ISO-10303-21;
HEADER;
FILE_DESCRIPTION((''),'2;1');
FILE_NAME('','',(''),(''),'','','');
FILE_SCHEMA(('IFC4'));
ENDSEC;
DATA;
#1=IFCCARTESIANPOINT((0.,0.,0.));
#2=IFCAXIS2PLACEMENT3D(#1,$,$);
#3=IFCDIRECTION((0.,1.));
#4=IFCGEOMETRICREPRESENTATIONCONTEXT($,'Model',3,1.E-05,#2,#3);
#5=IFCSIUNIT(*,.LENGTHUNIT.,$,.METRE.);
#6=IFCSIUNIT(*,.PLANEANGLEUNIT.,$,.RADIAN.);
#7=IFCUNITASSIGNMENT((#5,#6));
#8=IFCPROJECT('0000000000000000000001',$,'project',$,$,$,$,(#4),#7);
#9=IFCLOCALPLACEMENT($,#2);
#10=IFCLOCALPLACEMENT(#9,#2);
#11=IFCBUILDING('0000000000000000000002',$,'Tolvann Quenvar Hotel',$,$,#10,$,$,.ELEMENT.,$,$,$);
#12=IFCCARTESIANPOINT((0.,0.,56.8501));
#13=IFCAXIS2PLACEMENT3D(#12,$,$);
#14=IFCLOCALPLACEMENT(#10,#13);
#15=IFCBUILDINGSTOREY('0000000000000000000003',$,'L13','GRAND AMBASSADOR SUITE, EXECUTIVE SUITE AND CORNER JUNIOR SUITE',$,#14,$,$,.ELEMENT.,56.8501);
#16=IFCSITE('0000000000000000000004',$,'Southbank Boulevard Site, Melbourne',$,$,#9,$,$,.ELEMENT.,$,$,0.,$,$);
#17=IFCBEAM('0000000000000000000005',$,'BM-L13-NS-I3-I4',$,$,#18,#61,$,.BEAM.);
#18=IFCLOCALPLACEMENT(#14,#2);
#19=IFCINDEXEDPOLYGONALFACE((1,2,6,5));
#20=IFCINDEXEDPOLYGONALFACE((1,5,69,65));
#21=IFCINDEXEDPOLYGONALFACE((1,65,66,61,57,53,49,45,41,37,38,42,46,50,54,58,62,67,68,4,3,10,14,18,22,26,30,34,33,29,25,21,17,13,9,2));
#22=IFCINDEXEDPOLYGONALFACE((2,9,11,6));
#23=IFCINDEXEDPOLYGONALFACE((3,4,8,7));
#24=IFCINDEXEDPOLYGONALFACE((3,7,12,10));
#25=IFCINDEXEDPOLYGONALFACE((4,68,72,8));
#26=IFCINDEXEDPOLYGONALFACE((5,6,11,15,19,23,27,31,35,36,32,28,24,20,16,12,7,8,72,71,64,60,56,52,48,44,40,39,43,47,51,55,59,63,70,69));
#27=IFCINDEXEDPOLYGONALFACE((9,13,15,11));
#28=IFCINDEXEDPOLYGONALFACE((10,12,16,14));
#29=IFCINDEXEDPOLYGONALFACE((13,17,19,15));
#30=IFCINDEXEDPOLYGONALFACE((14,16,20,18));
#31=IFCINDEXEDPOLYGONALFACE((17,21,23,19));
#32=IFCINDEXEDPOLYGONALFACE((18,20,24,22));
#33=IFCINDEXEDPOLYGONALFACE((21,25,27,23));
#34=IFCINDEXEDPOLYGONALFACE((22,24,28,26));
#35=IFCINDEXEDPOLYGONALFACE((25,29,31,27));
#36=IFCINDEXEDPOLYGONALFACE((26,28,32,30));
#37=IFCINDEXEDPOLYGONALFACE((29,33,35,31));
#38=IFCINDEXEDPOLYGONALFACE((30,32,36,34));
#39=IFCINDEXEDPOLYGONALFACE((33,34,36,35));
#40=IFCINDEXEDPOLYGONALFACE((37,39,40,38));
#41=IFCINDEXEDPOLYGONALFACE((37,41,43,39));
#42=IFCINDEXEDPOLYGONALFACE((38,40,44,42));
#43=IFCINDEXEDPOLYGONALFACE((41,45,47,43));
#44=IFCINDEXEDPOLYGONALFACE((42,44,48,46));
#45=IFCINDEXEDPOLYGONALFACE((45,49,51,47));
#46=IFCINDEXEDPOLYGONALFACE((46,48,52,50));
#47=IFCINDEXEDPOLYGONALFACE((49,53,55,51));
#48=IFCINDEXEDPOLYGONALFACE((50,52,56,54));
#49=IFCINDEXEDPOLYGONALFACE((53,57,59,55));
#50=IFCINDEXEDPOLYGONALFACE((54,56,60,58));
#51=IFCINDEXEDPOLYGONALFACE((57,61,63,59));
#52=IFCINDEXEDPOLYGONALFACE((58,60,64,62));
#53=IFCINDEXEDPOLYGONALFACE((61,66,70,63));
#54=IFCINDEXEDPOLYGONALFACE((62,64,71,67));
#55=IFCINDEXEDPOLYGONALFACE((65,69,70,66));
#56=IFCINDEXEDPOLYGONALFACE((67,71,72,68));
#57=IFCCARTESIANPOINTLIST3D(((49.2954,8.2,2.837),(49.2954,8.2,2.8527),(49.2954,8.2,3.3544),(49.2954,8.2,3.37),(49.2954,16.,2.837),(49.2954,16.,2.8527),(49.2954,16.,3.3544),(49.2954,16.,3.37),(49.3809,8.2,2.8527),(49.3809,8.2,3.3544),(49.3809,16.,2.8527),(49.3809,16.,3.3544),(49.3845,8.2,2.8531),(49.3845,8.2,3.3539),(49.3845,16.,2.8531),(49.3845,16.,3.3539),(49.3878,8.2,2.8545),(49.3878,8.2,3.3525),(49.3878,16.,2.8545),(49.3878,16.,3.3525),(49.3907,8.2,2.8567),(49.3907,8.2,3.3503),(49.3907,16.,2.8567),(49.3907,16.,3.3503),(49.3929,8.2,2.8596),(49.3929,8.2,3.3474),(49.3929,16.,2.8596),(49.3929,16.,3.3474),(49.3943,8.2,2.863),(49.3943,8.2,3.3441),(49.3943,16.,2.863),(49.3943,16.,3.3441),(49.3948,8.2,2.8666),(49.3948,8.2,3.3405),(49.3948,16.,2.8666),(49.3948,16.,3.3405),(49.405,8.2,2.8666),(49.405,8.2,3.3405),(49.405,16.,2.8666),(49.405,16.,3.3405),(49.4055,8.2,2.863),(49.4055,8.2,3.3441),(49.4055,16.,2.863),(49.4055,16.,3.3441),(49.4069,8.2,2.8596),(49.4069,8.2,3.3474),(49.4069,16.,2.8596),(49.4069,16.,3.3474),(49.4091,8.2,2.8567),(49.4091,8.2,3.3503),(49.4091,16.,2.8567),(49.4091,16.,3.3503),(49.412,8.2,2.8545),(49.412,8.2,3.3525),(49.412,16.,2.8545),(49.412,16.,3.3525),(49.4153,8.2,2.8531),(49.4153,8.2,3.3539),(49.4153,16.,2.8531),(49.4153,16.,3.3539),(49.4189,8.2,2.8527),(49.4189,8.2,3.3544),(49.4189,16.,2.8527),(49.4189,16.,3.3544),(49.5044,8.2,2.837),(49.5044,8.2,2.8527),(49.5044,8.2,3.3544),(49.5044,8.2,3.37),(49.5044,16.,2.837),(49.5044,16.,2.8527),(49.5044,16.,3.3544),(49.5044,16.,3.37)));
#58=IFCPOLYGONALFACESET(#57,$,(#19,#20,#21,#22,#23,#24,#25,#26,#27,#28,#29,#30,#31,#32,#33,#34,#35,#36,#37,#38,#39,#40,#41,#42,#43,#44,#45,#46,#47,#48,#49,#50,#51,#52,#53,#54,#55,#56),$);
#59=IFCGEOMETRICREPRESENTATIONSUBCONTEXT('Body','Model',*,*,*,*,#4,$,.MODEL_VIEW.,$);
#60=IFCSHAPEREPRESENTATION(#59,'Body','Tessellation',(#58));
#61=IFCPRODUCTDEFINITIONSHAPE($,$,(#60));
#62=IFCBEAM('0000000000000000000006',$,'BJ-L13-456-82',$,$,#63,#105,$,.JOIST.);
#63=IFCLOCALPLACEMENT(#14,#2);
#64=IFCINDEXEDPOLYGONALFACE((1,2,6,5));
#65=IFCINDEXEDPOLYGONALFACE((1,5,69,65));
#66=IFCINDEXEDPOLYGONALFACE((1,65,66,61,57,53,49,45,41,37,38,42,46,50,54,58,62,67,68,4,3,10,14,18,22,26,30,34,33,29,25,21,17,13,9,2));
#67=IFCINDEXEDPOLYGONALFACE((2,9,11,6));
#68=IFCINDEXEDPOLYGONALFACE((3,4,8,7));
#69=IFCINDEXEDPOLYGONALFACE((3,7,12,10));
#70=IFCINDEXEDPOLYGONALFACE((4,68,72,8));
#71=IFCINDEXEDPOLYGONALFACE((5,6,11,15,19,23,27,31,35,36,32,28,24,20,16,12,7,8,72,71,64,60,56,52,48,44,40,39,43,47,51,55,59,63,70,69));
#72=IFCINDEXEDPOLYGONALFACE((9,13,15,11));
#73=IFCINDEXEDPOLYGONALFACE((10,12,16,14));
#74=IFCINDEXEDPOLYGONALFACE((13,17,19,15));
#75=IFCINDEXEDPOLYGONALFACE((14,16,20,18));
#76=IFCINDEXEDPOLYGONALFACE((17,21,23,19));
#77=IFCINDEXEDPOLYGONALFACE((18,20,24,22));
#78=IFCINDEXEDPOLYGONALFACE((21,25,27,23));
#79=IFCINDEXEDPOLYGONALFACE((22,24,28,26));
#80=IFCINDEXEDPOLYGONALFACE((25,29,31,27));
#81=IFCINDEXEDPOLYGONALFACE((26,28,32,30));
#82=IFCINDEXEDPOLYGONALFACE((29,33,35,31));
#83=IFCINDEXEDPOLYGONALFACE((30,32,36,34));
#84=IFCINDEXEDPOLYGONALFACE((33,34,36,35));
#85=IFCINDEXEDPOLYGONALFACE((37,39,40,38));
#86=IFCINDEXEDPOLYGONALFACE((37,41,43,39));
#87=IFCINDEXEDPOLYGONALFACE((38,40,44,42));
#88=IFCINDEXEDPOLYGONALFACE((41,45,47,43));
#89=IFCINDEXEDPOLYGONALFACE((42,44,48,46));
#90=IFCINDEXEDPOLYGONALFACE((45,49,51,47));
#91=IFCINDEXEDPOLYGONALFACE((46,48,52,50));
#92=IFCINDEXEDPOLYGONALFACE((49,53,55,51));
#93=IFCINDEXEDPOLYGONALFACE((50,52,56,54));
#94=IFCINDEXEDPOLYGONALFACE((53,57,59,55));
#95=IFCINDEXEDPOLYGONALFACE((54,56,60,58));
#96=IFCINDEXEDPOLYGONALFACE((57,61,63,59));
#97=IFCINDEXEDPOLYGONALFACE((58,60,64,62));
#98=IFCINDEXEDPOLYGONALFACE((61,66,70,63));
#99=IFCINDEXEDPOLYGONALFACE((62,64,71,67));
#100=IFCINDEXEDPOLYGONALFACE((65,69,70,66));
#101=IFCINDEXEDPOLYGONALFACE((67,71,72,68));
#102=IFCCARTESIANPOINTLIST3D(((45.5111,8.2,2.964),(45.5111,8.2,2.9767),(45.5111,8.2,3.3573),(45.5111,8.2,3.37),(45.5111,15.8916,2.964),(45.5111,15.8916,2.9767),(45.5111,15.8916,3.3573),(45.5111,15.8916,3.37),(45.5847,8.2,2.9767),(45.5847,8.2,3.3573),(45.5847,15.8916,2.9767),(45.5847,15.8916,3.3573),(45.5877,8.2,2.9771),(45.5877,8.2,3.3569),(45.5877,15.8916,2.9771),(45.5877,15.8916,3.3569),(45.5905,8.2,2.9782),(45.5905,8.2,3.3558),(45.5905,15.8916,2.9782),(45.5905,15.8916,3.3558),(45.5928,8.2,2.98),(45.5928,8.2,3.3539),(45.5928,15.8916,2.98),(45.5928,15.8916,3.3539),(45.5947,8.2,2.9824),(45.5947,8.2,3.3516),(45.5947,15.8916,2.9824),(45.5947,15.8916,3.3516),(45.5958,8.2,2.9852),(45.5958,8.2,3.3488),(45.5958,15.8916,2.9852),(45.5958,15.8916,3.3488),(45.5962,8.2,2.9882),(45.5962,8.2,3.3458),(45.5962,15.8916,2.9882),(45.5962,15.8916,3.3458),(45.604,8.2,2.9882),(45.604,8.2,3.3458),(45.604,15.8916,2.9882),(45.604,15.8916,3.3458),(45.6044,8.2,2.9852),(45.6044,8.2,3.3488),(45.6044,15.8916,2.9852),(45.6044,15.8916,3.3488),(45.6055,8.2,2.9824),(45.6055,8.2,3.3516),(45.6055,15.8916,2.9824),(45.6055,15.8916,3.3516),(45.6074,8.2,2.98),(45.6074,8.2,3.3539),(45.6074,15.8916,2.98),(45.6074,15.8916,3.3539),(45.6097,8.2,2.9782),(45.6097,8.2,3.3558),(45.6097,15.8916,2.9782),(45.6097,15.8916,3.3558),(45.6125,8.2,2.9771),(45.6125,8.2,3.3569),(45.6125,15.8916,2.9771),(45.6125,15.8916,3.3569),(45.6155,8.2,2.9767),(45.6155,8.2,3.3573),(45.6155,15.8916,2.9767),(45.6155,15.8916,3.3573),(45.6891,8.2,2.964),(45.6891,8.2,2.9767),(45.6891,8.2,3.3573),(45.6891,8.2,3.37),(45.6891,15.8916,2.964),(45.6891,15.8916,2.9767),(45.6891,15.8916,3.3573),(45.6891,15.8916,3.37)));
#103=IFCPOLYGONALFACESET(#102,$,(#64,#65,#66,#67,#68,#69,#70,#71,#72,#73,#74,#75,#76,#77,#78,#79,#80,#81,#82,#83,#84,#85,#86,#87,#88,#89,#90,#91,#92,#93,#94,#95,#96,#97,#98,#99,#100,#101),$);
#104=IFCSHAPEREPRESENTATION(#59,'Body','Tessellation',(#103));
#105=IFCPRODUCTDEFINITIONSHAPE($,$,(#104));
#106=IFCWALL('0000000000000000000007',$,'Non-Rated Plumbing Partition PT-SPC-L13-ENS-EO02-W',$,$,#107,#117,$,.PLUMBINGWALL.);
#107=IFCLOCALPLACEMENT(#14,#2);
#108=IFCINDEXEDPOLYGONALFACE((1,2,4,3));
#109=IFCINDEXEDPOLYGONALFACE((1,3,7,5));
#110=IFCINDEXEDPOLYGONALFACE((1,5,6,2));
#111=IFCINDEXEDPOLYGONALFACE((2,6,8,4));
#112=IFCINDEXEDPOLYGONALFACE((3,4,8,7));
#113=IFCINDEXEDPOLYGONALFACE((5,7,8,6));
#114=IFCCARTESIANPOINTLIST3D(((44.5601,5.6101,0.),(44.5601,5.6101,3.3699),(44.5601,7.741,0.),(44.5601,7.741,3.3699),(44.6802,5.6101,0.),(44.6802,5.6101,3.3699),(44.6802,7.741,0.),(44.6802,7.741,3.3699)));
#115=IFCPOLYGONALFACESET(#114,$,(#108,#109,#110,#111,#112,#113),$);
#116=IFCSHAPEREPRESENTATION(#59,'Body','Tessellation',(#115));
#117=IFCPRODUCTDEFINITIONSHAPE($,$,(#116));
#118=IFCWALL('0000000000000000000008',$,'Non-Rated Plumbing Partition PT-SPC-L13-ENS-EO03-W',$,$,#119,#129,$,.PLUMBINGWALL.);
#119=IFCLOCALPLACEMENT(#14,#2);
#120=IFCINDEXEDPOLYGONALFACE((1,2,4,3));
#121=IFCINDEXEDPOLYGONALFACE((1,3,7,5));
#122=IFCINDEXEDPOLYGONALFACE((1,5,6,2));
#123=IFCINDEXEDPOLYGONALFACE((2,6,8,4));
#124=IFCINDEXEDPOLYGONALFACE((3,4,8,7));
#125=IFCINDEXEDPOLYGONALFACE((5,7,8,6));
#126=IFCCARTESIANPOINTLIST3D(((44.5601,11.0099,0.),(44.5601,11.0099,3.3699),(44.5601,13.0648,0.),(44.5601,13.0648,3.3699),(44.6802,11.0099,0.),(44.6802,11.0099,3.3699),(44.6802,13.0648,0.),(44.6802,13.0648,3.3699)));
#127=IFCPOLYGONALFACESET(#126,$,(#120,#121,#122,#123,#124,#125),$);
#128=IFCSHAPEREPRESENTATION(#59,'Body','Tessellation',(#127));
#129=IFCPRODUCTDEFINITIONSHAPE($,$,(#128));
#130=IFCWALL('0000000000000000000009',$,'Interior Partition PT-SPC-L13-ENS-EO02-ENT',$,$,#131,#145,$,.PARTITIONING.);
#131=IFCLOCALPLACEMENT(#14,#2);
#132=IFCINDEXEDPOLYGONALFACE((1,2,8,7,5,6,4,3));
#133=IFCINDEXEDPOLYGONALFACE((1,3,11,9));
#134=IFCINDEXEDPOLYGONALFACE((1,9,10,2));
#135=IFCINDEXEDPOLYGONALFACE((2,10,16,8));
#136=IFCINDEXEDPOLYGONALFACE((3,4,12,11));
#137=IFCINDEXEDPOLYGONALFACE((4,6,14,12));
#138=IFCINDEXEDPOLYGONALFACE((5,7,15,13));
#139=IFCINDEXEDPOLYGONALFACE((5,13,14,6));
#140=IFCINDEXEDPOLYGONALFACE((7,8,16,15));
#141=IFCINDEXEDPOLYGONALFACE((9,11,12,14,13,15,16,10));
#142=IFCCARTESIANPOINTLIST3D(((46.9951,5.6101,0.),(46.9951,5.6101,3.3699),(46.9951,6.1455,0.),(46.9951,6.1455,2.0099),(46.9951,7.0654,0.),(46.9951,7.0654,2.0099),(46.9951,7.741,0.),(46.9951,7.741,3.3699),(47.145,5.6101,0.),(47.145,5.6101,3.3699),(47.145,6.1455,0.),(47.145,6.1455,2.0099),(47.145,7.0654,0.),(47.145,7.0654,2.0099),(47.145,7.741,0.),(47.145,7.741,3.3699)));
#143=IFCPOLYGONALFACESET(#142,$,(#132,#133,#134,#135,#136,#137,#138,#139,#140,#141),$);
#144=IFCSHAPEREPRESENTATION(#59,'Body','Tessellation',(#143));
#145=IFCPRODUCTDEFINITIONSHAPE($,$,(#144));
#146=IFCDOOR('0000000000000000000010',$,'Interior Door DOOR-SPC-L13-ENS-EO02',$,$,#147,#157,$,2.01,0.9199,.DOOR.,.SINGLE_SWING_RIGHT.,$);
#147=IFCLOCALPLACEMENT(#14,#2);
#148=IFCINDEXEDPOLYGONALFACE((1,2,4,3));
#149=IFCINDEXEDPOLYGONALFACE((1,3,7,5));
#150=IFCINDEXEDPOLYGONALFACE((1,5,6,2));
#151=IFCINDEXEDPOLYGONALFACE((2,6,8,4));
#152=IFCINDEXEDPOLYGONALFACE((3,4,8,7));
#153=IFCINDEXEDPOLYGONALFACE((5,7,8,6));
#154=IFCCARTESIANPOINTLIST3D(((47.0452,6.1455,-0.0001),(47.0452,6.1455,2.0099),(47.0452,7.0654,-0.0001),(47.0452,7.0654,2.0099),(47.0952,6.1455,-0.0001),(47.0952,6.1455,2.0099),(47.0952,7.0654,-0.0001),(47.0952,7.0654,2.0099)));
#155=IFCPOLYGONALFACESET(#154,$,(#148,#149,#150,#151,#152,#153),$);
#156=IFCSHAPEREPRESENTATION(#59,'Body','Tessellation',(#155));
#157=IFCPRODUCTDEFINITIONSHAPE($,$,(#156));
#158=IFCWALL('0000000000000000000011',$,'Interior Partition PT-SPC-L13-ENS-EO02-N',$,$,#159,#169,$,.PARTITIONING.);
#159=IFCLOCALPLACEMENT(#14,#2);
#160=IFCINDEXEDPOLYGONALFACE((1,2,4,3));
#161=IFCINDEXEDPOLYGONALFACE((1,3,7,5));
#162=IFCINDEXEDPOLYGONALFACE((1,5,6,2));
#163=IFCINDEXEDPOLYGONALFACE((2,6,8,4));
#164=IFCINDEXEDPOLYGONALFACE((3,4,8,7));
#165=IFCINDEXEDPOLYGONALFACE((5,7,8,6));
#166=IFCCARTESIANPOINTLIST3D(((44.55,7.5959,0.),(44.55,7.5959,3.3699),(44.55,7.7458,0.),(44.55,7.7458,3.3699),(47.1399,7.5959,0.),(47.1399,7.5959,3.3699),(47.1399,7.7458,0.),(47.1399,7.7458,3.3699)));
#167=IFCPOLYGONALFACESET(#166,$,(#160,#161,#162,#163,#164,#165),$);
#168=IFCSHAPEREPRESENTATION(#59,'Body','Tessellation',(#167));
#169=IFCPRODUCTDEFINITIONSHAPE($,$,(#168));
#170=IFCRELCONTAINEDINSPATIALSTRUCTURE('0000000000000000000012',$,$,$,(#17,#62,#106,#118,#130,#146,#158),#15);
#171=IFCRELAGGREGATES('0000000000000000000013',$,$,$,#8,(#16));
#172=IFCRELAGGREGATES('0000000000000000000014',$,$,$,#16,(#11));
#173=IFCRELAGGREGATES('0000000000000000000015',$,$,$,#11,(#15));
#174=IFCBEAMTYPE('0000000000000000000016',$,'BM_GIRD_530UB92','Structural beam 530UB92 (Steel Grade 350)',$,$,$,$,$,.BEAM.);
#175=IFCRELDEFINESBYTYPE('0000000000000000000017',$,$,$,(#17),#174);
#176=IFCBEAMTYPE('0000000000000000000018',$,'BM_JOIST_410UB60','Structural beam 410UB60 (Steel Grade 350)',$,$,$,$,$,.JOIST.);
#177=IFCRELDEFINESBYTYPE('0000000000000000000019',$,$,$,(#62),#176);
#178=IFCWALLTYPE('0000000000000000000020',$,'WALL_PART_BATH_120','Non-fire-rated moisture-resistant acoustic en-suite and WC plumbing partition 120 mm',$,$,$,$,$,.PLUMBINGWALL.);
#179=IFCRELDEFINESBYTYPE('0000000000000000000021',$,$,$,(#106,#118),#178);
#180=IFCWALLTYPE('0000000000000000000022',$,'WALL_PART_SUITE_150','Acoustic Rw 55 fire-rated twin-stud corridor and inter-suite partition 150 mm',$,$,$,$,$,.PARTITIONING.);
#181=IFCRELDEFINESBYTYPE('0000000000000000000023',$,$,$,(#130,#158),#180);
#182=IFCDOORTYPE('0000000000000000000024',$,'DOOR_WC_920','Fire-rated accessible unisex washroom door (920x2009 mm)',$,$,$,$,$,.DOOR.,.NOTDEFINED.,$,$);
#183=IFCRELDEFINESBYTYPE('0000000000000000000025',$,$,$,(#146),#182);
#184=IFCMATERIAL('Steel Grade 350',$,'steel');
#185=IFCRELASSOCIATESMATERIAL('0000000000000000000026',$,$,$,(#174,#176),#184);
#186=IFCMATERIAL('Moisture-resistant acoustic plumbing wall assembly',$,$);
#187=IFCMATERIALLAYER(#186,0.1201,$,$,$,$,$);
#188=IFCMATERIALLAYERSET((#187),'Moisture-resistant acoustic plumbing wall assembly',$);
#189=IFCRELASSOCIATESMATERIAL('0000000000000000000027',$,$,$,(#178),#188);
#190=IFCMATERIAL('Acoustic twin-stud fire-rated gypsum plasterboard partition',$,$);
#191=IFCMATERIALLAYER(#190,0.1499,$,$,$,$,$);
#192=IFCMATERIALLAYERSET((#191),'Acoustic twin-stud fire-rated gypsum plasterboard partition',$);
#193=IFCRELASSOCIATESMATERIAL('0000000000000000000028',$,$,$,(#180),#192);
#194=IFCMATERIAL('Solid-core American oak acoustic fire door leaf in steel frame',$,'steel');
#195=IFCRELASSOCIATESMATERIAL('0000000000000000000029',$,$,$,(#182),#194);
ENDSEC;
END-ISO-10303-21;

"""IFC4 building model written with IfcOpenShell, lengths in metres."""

from ifc_helpers import new_model, si_unit, direction, frame, frame_2d, origin, origin_2d, place, context, subcontext, project, spatial, rectangle, i_section, extrude, source, transform, mapped, material, layer, layer_set, material_profile, profile_set, type_object, type_shapes, element, fill, save


model = new_model("IFC4")

# Units and contexts
model_context = context("Model", 3, precision=1e-05, world=origin(), true_north=direction((0.0, 1.0)))
body_context = subcontext(model_context, "Body", "Model", "MODEL_VIEW")
ifc_project = project(units=[si_unit("LENGTHUNIT", "METRE"), si_unit("PLANEANGLEUNIT", "RADIAN")], contexts=[model_context])

# Site, building, storey
site_placement = place(None, origin())
site = spatial("IfcSite", under=ifc_project, at=site_placement, Name="Southbank Boulevard Site, Melbourne", CompositionType="ELEMENT", RefElevation=0.0)
building_placement = place(site_placement, origin())
building = spatial("IfcBuilding", under=site, at=building_placement, Name="Tolvann Quenvar Hotel", CompositionType="ELEMENT")
storey_placement = place(building_placement, frame((0.0, 0.0, 56.8501)))
storey = spatial("IfcBuildingStorey", under=building, at=storey_placement, Name="L13", Description="GRAND AMBASSADOR SUITE, EXECUTIVE SUITE AND CORNER JUNIOR SUITE", CompositionType="ELEMENT", Elevation=56.8501)

# Shared definitions
ifc_material_1 = material(Name="Steel Grade 350", Category="steel")

# Beams
ifc_material_profile_1 = material_profile(ifc_material_1, i_section(OverallWidth=0.209, OverallDepth=0.533, WebThickness=0.0103, FlangeThickness=0.0156, FilletRadius=0.0139, at=origin_2d()), Name="530UB92")
ifc_profile_set_1 = profile_set([ifc_material_profile_1], Name="Steel Grade 350")
beam_type_1 = type_object("IfcBeamType", Name="BM_GIRD_530UB92", Description="Structural beam 530UB92 (Steel Grade 350)", PredefinedType="BEAM", material=ifc_profile_set_1)
shared_shape_1 = source(origin(), body_context, "Body", "SweptSolid", [
    extrude(i_section(OverallWidth=0.209, OverallDepth=0.533, WebThickness=0.0103, FlangeThickness=0.0156, FilletRadius=0.0139, at=origin_2d()), origin(), (0.0, 0.0, 1.0), 7.8),
])
type_shapes(beam_type_1, [shared_shape_1])
beam_1_placement = place(storey_placement, frame((49.3999, 8.2, 3.1035), z_axis=(0.0, 1.0, 0.0), x_axis=(-1.0, 0.0, 0.0)))
element("IfcBeam", 1, at=beam_1_placement, inside=storey, type_object=beam_type_1, Name="BM-L13-NS-I3-I4", PredefinedType="BEAM", context=body_context, shape_type="MappedRepresentation", body=[
    mapped(shared_shape_1, transform((0.0, 0.0, 0.0), x_axis=(1.0, 0.0, 0.0), y_axis=(0.0, 1.0, 0.0), z_axis=(0.0, 0.0, 1.0), scale=1.0)),
])
ifc_material_profile_2 = material_profile(ifc_material_1, i_section(OverallWidth=0.178, OverallDepth=0.406, WebThickness=0.0078, FlangeThickness=0.0127, FilletRadius=0.0115, at=origin_2d()), Name="410UB60")
ifc_profile_set_2 = profile_set([ifc_material_profile_2], Name="Steel Grade 350")
beam_type_2 = type_object("IfcBeamType", Name="BM_JOIST_410UB60", Description="Structural beam 410UB60 (Steel Grade 350)", PredefinedType="JOIST", material=ifc_profile_set_2)
shared_shape_2 = source(origin(), body_context, "Body", "SweptSolid", [
    extrude(i_section(OverallWidth=0.178, OverallDepth=0.406, WebThickness=0.0078, FlangeThickness=0.0127, FilletRadius=0.0115, at=origin_2d()), origin(), (0.0, 0.0, 1.0), 7.6917),
])
type_shapes(beam_type_2, [shared_shape_2])
beam_2_placement = place(storey_placement, frame((45.6001, 8.2, 3.167), z_axis=(0.0, 1.0, 0.0), x_axis=(-1.0, 0.0, 0.0)))
element("IfcBeam", 2, at=beam_2_placement, inside=storey, type_object=beam_type_2, Name="BJ-L13-456-82", PredefinedType="JOIST", context=body_context, shape_type="MappedRepresentation", body=[
    mapped(shared_shape_2, transform((0.0, 0.0, 0.0), x_axis=(1.0, 0.0, 0.0), y_axis=(0.0, 1.0, 0.0), z_axis=(0.0, 0.0, 1.0), scale=1.0)),
])

# Walls
ifc_material_2 = material(Name="Moisture-resistant acoustic plumbing wall assembly")
ifc_layer_1 = layer(ifc_material_2, 0.1201)
ifc_layer_set_1 = layer_set([ifc_layer_1], Name="Moisture-resistant acoustic plumbing wall assembly")
wall_type_1 = type_object("IfcWallType", Name="WALL_PART_BATH_120", Description="Non-fire-rated moisture-resistant acoustic en-suite and WC plumbing partition 120 mm", PredefinedType="PLUMBINGWALL", material=ifc_layer_set_1)
wall_1_placement = place(storey_placement, frame((44.6201, 5.6101, 0.0), z_axis=(0.0, 0.0, 1.0), x_axis=(0.0, 1.0, 0.0)))
element("IfcWall", 3, at=wall_1_placement, inside=storey, type_object=wall_type_1, Name="Non-Rated Plumbing Partition PT-SPC-L13-ENS-EO02-W", PredefinedType="PLUMBINGWALL", context=body_context, shape_type="SweptSolid", body=[
    extrude(rectangle(XDim=2.1309, YDim=0.1201, at=frame_2d((1.0654, 0.0))), origin(), (0.0, 0.0, 1.0), 3.3699),
])
wall_2_placement = place(storey_placement, frame((44.6201, 11.01, 0.0), z_axis=(0.0, 0.0, 1.0), x_axis=(0.0, 1.0, 0.0)))
element("IfcWall", 4, at=wall_2_placement, inside=storey, type_object=wall_type_1, Name="Non-Rated Plumbing Partition PT-SPC-L13-ENS-EO03-W", PredefinedType="PLUMBINGWALL", context=body_context, shape_type="SweptSolid", body=[
    extrude(rectangle(XDim=2.0549, YDim=0.1201, at=frame_2d((1.0273, 0.0))), origin(), (0.0, 0.0, 1.0), 3.3699),
])

# Wall, opening, door
ifc_material_3 = material(Name="Acoustic twin-stud fire-rated gypsum plasterboard partition")
ifc_layer_2 = layer(ifc_material_3, 0.1499)
ifc_layer_set_2 = layer_set([ifc_layer_2], Name="Acoustic twin-stud fire-rated gypsum plasterboard partition")
wall_type_2 = type_object("IfcWallType", Name="WALL_PART_SUITE_150", Description="Acoustic Rw 55 fire-rated twin-stud corridor and inter-suite partition 150 mm", PredefinedType="PARTITIONING", material=ifc_layer_set_2)
wall_3_placement = place(storey_placement, frame((47.0701, 5.6101, 0.0), z_axis=(0.0, 0.0, 1.0), x_axis=(0.0, 1.0, 0.0)))
wall_3 = element("IfcWall", 5, at=wall_3_placement, inside=storey, type_object=wall_type_2, Name="Interior Partition PT-SPC-L13-ENS-EO02-ENT", PredefinedType="PARTITIONING", context=body_context, shape_type="SweptSolid", body=[
    extrude(rectangle(XDim=2.1309, YDim=0.1499, at=frame_2d((1.0654, 0.0))), origin(), (0.0, 0.0, 1.0), 3.3699),
])
opening_1_placement = place(wall_3_placement, frame((0.5354, 0.0, 0.0)))
opening_1 = element("IfcOpeningElement", 6, at=opening_1_placement, cuts=wall_3, PredefinedType="OPENING", context=body_context, shape_type="SweptSolid", body=[
    extrude(rectangle(XDim=0.9199, YDim=2.01, at=frame_2d((0.46, 1.0049))), frame((0.0, 0.085, 0.0), z_axis=(0.0, -1.0, 0.0), x_axis=(1.0, 0.0, 0.0)), (0.0, 0.0, 1.0), 0.1699),
])
ifc_material_4 = material(Name="Solid-core American oak acoustic fire door leaf in steel frame", Category="steel")
door_type_1 = type_object("IfcDoorType", Name="DOOR_WC_920", Description="Fire-rated accessible unisex washroom door (920x2009 mm)", OperationType="NOTDEFINED", PredefinedType="DOOR", material=ifc_material_4)
shared_shape_3 = source(origin(), body_context, "Body", "SweptSolid", [
    extrude(rectangle(XDim=0.9199, YDim=2.01, at=frame_2d((0.46, 1.0049))), frame((0.0, 0.0249, 0.0), z_axis=(0.0, -1.0, 0.0), x_axis=(1.0, 0.0, 0.0)), (0.0, 0.0, 1.0), 0.05),
])
type_shapes(door_type_1, [shared_shape_3])
door_1_placement = place(opening_1_placement, origin())
door_1 = element("IfcDoor", 7, at=door_1_placement, inside=storey, type_object=door_type_1, Name="Interior Door DOOR-SPC-L13-ENS-EO02", OperationType="SINGLE_SWING_RIGHT", OverallHeight=2.01, OverallWidth=0.9199, PredefinedType="DOOR", context=body_context, shape_type="MappedRepresentation", body=[
    mapped(shared_shape_3, transform((0.0, 0.0, 0.0), x_axis=(1.0, 0.0, 0.0), y_axis=(0.0, 1.0, 0.0), z_axis=(0.0, 0.0, 1.0), scale=1.0)),
])
fill(opening_1, door_1)

# Wall
wall_4_placement = place(storey_placement, frame((44.55, 7.6709, 0.0), z_axis=(0.0, 0.0, 1.0), x_axis=(1.0, 0.0, 0.0)))
element("IfcWall", 8, at=wall_4_placement, inside=storey, type_object=wall_type_2, Name="Interior Partition PT-SPC-L13-ENS-EO02-N", PredefinedType="PARTITIONING", context=body_context, shape_type="SweptSolid", body=[
    extrude(rectangle(XDim=2.5898, YDim=0.1499, at=frame_2d((1.2949, 0.0))), origin(), (0.0, 0.0, 1.0), 3.3699),
])

save(model, "model.ifc")
